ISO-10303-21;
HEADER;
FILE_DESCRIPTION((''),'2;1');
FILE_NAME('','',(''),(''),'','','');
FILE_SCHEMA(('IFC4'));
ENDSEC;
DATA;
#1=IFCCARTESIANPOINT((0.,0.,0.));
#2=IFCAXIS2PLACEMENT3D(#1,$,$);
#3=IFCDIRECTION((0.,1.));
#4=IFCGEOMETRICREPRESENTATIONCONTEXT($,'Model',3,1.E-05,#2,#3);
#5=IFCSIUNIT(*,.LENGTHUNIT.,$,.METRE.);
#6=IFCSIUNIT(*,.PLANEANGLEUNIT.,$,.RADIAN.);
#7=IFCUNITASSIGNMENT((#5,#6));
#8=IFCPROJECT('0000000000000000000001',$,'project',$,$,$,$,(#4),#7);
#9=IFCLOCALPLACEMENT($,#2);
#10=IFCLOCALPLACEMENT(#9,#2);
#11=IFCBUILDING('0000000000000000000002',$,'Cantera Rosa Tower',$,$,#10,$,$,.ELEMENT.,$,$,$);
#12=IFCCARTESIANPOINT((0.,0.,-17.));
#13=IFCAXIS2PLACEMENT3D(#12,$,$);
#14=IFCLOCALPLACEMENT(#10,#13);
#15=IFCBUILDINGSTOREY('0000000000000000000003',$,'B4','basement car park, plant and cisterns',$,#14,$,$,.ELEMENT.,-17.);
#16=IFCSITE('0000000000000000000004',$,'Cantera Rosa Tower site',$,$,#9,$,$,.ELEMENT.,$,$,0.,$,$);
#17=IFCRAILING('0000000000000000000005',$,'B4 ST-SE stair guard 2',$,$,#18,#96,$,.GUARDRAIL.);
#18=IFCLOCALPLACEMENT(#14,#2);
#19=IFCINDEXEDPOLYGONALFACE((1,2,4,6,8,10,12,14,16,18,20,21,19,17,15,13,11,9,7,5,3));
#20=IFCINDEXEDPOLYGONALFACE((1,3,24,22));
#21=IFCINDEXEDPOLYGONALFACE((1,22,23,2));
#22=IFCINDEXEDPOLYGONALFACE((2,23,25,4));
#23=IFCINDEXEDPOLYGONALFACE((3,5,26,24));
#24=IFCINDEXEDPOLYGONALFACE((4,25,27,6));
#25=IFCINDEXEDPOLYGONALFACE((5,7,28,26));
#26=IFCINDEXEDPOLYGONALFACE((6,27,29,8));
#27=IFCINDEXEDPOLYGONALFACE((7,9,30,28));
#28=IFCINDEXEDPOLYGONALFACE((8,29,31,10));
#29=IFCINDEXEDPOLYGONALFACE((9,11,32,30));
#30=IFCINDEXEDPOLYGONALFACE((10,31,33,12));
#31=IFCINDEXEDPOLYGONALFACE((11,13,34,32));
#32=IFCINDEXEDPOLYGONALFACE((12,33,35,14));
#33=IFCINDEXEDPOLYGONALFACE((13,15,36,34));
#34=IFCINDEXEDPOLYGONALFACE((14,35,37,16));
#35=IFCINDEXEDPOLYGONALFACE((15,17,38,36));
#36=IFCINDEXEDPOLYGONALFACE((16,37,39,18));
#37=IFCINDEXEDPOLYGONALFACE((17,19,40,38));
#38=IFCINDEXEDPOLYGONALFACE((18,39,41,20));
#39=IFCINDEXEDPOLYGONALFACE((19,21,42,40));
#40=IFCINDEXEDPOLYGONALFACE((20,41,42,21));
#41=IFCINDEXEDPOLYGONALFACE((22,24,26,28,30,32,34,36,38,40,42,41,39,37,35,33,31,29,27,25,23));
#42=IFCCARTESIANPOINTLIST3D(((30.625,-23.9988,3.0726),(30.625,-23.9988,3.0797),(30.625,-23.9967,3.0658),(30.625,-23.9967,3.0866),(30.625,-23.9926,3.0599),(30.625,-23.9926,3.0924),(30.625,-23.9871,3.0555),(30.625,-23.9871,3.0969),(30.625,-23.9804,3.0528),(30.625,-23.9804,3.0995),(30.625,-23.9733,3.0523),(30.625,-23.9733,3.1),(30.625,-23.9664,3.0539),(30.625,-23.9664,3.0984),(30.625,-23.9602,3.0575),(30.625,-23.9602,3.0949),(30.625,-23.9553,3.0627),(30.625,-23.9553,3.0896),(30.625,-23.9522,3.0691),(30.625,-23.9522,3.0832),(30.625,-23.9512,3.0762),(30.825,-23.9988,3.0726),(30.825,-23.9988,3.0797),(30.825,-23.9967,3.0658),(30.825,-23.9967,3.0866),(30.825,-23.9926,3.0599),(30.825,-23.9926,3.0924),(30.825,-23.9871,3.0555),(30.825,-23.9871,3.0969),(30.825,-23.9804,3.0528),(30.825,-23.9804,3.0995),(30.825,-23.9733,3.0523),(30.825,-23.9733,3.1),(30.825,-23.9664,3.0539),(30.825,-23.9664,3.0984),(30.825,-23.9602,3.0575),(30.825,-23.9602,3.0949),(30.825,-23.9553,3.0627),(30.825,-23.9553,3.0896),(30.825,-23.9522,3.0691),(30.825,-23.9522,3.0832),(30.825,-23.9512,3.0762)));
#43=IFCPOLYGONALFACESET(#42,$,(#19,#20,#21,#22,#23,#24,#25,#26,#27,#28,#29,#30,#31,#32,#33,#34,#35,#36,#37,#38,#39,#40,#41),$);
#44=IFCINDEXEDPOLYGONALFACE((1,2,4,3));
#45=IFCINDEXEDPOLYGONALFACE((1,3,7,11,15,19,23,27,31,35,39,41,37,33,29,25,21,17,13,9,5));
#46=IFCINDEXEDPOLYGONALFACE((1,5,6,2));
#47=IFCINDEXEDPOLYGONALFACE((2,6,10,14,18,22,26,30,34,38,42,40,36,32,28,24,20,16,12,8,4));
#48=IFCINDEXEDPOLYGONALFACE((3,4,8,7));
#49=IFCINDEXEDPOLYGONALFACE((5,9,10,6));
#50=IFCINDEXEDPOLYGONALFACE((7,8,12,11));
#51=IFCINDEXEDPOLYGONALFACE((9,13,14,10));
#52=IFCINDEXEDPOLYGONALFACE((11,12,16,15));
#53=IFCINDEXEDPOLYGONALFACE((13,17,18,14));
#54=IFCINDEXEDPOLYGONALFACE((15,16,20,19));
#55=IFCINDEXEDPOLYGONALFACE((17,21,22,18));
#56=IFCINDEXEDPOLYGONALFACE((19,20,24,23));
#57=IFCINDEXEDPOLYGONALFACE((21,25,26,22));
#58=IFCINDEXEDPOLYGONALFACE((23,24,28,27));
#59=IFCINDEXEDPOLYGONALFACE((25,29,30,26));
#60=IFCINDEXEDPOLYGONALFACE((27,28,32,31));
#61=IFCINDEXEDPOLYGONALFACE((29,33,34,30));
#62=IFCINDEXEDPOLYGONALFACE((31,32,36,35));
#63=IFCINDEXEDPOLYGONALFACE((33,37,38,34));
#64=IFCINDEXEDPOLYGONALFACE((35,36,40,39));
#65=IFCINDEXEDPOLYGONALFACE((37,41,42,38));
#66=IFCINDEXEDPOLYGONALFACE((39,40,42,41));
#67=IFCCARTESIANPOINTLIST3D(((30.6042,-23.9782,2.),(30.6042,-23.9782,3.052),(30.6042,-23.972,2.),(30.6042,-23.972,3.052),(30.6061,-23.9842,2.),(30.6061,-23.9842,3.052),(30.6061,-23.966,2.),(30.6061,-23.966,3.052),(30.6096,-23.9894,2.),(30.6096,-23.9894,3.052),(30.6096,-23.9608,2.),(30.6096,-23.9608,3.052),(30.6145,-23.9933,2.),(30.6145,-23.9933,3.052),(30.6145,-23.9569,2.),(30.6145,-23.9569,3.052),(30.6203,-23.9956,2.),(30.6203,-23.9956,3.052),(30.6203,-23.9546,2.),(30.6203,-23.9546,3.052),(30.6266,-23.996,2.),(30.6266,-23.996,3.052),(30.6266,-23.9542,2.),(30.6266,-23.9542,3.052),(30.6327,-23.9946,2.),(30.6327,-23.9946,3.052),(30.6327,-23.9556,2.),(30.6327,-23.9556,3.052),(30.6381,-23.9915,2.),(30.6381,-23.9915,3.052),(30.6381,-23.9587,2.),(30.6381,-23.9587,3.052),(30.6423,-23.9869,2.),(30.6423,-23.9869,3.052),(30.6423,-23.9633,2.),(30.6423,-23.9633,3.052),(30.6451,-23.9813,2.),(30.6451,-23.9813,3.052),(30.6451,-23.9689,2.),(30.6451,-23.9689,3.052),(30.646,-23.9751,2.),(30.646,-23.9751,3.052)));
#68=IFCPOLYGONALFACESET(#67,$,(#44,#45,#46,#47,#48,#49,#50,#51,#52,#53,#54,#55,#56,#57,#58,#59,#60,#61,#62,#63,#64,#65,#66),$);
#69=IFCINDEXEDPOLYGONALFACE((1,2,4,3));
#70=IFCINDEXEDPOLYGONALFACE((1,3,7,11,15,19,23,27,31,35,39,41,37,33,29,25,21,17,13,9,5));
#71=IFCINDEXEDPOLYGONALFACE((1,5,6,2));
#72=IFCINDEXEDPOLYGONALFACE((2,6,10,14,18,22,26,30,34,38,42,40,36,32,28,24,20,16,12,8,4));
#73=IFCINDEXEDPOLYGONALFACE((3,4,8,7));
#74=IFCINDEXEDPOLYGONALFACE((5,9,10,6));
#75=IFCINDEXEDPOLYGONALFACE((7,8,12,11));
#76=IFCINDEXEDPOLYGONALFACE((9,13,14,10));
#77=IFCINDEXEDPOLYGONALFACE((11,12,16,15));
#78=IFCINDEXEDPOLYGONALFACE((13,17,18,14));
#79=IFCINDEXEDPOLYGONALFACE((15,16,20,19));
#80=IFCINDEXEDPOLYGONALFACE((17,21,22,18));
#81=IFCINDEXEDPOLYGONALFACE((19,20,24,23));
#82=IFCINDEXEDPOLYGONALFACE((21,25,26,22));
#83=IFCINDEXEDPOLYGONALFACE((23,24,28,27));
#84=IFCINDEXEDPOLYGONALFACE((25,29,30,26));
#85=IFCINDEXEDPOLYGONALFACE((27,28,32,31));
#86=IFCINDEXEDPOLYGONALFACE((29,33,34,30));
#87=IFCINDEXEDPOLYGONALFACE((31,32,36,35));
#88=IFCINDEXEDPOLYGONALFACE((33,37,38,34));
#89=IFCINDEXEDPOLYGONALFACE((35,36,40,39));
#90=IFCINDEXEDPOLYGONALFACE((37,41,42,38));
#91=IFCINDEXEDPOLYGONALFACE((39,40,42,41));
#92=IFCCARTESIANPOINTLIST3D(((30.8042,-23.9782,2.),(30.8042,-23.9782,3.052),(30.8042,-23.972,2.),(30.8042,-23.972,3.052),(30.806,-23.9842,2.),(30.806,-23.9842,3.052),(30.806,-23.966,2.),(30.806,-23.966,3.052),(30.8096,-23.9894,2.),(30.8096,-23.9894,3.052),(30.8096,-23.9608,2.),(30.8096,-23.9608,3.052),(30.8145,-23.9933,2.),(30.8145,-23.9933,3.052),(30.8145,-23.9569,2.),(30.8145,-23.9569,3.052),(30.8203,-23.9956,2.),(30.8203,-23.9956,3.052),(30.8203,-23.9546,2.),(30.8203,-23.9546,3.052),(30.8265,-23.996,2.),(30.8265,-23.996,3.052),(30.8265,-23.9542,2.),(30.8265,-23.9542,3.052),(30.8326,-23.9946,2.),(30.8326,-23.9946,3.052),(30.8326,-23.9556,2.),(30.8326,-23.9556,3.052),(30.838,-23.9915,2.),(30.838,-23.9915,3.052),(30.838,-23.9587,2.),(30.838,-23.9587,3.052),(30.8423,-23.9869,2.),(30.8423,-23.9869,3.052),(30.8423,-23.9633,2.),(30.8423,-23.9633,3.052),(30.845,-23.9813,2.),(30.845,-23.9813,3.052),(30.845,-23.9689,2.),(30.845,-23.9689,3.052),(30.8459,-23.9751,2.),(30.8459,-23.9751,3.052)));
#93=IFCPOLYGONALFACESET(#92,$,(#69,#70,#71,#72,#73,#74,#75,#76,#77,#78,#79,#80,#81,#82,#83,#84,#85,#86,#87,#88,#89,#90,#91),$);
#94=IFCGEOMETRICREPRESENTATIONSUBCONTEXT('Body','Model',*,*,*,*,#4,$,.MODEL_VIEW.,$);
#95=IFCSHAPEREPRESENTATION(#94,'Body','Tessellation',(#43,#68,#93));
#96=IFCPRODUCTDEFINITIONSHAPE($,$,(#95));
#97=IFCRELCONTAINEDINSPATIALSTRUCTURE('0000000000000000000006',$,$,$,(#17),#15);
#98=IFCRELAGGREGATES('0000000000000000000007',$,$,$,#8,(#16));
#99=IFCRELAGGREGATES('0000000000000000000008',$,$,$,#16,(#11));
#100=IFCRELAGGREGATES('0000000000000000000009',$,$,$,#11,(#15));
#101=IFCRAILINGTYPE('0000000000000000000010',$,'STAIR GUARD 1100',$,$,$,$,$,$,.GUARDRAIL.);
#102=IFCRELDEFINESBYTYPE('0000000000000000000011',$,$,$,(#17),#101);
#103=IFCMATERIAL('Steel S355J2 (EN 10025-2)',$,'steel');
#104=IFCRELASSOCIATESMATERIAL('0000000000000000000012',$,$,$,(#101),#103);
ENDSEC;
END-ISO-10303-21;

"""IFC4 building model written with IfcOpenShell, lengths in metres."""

from ifc_helpers import new_model, si_unit, direction, frame, origin, origin_2d, place, context, subcontext, project, spatial, circle, extrude, material, type_object, element, save


model = new_model("IFC4")

# Units and contexts
model_context = context("Model", 3, precision=1e-05, world=origin(), true_north=direction((0.0, 1.0)))
body_context = subcontext(model_context, "Body", "Model", "MODEL_VIEW")
ifc_project = project(units=[si_unit("LENGTHUNIT", "METRE"), si_unit("PLANEANGLEUNIT", "RADIAN")], contexts=[model_context])

# Site, building, storey
site_placement = place(None, origin())
site = spatial("IfcSite", under=ifc_project, at=site_placement, Name="Cantera Rosa Tower site", CompositionType="ELEMENT", RefElevation=0.0)
building_placement = place(site_placement, origin())
building = spatial("IfcBuilding", under=site, at=building_placement, Name="Cantera Rosa Tower", CompositionType="ELEMENT")
storey_placement = place(building_placement, frame((0.0, 0.0, -17.0)))
storey = spatial("IfcBuildingStorey", under=building, at=storey_placement, Name="B4", Description="basement car park, plant and cisterns", CompositionType="ELEMENT", Elevation=-17.0)

# Railing
ifc_material_1 = material(Name="Steel S355J2 (EN 10025-2)", Category="steel")
railing_type_1 = type_object("IfcRailingType", Name="STAIR GUARD 1100", PredefinedType="GUARDRAIL", material=ifc_material_1)
railing_1_placement = place(storey_placement, frame((30.625, -23.9751, 2.0)))
element("IfcRailing", 1, at=railing_1_placement, inside=storey, type_object=railing_type_1, Name="B4 ST-SE stair guard 2", PredefinedType="GUARDRAIL", context=body_context, shape_type="SweptSolid", body=[
    extrude(circle(Radius=0.0239, at=origin_2d()), frame((0.0, 0.0, 1.0762), z_axis=(1.0, 0.0, 0.0), x_axis=(0.0, 1.0, 0.0)), (0.0, 0.0, 1.0), 0.2),
    extrude(circle(Radius=0.021, at=origin_2d()), origin(), (0.0, 0.0, 1.0), 1.052),
    extrude(circle(Radius=0.021, at=origin_2d()), frame((0.2, 0.0, 0.0)), (0.0, 0.0, 1.0), 1.052),
])

save(model, "model.ifc")
